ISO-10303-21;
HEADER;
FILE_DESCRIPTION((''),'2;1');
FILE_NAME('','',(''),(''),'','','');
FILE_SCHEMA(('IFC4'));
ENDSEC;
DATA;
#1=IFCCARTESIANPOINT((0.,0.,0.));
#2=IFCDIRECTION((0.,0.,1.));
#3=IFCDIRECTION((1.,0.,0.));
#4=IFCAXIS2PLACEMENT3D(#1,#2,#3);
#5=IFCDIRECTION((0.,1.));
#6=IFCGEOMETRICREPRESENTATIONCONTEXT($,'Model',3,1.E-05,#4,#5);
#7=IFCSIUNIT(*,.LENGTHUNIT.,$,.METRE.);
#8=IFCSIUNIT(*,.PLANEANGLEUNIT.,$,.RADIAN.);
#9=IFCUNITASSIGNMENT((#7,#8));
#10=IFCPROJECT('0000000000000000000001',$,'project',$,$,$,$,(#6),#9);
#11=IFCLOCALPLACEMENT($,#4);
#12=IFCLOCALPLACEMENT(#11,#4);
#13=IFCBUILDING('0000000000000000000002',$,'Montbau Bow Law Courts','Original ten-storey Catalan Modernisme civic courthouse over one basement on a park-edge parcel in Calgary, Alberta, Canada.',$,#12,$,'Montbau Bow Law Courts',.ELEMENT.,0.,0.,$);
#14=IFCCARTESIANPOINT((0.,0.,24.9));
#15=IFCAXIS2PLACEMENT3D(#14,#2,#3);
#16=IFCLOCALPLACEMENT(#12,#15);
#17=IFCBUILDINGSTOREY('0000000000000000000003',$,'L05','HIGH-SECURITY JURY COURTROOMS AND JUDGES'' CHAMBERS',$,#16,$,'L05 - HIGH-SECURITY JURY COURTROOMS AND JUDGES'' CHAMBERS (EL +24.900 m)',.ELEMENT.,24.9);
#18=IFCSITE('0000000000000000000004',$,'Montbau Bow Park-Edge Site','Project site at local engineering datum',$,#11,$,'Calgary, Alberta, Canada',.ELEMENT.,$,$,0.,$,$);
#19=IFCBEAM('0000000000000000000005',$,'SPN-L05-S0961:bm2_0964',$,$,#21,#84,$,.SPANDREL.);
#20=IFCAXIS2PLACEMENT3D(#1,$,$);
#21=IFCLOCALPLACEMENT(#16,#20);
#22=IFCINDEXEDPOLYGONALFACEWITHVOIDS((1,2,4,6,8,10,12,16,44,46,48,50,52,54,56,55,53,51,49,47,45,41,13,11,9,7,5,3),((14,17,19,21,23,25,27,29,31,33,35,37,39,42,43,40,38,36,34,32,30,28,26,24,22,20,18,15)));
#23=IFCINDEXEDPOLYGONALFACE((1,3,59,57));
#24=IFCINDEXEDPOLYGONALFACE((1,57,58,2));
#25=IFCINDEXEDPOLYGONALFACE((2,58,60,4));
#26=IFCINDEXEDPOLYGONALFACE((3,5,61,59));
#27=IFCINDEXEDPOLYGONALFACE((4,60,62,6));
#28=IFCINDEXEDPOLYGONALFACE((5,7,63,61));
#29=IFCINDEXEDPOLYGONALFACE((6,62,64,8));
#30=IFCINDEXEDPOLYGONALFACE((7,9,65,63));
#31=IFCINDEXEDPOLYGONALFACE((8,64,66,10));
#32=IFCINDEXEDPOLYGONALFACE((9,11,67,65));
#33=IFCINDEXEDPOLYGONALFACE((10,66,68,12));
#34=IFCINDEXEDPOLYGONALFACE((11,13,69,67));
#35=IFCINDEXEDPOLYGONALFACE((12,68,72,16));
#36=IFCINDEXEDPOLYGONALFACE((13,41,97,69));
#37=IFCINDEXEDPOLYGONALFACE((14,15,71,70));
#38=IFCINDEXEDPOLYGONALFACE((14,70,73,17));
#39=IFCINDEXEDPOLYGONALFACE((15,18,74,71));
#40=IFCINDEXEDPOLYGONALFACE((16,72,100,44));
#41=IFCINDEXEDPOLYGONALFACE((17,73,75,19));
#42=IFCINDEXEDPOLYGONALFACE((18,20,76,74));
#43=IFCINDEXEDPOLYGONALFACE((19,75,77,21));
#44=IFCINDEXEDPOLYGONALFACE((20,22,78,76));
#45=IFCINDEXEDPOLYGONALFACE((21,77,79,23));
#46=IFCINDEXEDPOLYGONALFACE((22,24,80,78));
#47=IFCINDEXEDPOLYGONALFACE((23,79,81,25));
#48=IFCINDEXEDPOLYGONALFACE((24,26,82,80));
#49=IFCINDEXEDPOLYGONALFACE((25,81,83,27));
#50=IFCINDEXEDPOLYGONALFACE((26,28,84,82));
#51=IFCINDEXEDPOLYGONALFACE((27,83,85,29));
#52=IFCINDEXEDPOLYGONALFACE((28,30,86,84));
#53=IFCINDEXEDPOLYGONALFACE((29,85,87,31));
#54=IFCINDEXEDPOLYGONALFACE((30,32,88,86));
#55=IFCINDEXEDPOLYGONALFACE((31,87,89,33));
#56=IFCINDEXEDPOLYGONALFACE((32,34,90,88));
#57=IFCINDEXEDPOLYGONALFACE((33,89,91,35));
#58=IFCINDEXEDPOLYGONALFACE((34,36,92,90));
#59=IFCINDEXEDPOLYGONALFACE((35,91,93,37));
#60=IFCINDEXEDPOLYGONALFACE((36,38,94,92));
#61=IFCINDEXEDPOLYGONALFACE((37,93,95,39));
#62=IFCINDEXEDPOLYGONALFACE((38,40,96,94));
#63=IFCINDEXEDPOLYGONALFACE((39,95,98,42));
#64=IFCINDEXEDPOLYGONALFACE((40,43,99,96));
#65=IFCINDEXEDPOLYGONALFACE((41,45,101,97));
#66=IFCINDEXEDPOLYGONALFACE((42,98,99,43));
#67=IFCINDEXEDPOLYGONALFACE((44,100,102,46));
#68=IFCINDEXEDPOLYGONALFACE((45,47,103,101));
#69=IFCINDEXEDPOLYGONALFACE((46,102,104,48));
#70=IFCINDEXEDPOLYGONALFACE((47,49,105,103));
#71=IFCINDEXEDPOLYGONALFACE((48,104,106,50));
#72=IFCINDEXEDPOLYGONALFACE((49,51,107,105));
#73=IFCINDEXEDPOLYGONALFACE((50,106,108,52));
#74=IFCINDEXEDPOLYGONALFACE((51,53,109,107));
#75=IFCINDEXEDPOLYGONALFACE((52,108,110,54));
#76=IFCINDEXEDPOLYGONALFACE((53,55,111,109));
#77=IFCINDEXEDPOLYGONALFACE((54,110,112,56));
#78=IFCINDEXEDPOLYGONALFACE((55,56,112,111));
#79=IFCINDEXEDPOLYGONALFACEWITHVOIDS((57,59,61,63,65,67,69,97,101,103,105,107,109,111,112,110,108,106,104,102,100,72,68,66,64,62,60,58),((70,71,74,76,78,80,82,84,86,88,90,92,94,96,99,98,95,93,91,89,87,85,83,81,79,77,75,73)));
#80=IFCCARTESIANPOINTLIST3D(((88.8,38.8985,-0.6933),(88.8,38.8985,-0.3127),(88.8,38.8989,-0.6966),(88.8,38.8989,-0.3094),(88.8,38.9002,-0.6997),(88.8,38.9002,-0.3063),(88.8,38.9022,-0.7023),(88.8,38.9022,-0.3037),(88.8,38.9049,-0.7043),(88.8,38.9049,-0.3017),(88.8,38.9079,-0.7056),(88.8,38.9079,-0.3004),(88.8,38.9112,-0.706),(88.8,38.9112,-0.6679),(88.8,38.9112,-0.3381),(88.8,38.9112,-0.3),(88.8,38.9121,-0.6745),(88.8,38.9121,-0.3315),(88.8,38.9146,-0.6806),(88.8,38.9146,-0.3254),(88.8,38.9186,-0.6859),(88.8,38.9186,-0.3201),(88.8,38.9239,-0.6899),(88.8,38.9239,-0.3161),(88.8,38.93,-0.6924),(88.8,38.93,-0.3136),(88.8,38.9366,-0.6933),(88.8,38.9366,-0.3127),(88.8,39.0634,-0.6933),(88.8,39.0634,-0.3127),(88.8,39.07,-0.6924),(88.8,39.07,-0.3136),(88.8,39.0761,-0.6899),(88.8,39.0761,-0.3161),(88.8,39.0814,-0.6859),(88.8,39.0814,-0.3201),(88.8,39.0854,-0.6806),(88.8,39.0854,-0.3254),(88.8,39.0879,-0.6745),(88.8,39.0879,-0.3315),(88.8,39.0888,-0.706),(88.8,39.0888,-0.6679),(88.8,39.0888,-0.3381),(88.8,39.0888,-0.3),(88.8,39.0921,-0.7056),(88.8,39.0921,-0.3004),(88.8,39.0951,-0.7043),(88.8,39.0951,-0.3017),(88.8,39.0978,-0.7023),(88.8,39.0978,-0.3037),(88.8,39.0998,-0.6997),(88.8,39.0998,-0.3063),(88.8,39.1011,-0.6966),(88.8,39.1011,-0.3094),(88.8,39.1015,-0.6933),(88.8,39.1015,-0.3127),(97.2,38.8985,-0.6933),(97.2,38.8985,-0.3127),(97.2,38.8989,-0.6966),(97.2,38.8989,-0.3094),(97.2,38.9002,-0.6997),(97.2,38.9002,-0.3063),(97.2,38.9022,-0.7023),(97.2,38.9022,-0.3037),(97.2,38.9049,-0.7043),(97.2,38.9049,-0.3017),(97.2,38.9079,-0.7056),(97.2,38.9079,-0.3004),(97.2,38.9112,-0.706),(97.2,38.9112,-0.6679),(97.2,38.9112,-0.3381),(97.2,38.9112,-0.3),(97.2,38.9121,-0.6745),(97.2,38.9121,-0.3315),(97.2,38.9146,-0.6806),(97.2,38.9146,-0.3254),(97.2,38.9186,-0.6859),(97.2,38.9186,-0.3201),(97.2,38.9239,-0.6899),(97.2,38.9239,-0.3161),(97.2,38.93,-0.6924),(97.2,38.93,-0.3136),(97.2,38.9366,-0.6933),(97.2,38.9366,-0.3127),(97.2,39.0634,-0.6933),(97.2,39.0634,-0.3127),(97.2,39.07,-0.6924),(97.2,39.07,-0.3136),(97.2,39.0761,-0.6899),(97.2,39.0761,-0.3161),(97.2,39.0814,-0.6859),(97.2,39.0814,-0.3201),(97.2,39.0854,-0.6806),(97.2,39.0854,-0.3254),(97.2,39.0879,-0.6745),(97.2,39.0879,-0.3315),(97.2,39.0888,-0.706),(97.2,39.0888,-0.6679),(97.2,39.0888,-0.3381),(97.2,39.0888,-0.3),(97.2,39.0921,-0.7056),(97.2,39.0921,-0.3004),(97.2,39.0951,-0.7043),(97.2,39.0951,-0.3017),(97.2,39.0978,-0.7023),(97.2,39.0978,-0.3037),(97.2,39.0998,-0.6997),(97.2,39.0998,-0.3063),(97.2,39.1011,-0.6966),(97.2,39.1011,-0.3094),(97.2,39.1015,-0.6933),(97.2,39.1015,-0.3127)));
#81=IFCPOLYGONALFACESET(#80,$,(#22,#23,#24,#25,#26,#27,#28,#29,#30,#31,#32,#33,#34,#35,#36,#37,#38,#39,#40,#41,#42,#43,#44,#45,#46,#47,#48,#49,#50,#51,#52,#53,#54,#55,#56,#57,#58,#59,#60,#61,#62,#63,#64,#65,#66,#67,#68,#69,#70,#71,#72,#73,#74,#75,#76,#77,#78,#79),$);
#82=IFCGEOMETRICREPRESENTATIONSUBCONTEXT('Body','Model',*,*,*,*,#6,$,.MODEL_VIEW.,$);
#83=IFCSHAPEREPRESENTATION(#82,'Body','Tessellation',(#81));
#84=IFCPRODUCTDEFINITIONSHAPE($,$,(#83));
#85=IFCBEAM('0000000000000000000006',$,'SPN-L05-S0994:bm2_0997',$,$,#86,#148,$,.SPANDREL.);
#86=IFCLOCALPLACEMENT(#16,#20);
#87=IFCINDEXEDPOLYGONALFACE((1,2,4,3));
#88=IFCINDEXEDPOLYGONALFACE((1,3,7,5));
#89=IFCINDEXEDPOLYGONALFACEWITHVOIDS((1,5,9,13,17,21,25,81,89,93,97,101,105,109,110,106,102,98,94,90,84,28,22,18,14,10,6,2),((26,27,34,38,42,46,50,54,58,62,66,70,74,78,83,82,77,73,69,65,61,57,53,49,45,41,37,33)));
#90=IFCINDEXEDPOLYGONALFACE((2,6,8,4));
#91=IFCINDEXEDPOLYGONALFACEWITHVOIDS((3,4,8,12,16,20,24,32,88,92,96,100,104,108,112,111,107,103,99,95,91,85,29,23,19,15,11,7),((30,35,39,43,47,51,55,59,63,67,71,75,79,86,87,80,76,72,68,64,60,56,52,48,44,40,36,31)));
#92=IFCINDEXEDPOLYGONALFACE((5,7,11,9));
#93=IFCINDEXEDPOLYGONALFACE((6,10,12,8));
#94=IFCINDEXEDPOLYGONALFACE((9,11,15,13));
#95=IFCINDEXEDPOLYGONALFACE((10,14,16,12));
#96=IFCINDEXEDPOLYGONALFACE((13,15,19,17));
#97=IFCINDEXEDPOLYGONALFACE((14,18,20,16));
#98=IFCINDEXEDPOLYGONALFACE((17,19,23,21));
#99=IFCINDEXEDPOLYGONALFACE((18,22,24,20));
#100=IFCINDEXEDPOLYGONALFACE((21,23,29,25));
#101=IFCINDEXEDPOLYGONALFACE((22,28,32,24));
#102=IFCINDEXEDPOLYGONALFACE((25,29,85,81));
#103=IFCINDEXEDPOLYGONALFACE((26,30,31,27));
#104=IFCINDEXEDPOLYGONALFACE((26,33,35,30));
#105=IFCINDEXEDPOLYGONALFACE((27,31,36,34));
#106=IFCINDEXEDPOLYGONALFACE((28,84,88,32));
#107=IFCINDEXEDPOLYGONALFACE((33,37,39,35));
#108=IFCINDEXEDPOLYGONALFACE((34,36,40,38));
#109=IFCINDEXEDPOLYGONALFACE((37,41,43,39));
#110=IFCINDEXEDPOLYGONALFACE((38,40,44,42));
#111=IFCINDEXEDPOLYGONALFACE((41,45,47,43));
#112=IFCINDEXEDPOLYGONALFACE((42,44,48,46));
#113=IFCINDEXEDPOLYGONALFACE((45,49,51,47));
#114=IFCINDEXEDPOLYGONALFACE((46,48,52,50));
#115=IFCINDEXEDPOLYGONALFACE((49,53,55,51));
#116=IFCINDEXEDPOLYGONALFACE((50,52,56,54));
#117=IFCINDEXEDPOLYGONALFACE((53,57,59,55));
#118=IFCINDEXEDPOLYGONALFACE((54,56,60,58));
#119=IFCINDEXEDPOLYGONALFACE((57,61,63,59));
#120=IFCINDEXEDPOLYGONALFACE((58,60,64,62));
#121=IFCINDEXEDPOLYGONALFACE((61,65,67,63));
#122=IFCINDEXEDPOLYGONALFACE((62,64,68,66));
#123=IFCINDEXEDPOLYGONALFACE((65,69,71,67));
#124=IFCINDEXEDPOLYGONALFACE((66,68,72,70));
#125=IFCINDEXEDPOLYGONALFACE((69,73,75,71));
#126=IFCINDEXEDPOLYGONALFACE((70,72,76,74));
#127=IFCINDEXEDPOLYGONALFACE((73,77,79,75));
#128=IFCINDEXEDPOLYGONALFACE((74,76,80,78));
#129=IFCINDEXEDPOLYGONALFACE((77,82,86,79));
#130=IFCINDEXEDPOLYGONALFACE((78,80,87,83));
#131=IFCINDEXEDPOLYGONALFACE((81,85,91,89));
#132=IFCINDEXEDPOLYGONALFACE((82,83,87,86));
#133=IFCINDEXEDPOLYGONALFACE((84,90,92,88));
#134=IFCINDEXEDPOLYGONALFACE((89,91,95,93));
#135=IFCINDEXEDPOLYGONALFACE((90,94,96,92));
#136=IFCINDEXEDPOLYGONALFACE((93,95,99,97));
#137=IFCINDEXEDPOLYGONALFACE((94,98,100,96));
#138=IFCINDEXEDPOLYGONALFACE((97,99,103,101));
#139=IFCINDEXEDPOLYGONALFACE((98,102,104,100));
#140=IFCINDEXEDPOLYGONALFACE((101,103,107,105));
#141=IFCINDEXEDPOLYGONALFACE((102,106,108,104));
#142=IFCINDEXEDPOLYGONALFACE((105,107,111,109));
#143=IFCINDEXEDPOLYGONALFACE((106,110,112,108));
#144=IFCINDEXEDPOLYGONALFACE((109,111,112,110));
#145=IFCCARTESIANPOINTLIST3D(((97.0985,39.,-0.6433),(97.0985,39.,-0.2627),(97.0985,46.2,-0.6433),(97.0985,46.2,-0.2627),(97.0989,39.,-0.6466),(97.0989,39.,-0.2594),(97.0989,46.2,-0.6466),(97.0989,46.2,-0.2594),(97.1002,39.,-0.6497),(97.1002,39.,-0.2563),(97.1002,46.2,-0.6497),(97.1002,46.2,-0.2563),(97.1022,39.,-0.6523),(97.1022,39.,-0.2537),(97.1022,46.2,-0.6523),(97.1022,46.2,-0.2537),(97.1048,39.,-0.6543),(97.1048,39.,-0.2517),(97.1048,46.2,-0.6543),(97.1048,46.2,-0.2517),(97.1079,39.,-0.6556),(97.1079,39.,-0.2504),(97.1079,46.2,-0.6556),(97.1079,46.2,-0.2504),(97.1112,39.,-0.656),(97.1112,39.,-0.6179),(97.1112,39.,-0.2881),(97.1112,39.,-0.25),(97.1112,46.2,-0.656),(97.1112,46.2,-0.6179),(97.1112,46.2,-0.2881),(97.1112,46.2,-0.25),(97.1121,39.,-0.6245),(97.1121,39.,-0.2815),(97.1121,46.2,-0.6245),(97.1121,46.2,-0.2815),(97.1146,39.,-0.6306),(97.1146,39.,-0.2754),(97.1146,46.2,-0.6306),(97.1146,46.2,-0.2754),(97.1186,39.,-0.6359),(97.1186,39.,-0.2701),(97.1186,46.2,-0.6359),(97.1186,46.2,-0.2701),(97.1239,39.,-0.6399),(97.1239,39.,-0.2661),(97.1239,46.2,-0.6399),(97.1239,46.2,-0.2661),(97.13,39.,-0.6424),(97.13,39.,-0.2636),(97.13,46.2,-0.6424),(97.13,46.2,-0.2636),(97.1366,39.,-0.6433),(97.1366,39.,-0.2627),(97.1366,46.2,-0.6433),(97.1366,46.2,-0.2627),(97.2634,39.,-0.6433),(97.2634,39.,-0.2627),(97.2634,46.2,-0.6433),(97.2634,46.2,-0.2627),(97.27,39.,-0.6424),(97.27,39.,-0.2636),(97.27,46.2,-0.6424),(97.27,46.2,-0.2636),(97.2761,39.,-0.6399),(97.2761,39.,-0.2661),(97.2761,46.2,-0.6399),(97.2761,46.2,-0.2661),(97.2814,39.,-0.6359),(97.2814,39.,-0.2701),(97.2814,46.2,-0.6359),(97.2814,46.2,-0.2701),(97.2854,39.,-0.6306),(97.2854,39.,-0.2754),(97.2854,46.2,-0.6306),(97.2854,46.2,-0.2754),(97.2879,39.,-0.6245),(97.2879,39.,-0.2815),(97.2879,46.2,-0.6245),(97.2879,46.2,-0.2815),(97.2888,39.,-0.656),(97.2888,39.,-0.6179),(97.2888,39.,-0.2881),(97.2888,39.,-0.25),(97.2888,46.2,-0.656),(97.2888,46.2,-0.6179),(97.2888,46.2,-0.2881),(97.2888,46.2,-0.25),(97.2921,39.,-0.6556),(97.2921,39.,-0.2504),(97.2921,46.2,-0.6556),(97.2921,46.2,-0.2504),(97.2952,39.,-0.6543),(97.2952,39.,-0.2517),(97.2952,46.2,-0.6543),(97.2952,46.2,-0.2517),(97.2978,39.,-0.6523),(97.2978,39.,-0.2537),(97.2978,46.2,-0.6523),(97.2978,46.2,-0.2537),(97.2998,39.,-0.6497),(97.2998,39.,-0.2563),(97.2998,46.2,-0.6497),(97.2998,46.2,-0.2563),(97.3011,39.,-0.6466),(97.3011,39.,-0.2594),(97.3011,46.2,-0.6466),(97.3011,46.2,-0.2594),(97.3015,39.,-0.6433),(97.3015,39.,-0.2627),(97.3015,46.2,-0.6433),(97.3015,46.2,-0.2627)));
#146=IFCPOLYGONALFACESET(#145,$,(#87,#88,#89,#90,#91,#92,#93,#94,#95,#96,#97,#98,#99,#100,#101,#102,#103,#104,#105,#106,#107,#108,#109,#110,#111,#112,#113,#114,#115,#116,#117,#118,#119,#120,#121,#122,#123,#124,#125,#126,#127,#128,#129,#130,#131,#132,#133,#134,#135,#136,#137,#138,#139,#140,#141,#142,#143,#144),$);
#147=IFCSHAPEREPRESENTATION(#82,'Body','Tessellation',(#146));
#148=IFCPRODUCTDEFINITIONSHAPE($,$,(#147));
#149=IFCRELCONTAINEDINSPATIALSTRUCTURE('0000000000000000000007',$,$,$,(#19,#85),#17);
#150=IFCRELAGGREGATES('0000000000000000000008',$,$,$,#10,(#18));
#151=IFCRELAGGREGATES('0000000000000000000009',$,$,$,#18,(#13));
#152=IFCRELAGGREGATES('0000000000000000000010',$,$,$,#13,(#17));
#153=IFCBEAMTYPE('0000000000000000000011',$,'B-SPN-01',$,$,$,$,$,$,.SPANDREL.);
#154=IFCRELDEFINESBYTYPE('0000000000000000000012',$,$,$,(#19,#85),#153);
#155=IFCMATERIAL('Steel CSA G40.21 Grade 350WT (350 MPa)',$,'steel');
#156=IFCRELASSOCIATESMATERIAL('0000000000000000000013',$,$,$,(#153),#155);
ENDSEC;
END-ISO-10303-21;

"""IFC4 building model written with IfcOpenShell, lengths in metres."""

from ifc_helpers import new_model, si_unit, direction, frame, origin_with_axes, origin_2d_with_axis, place, context, subcontext, project, spatial, hollow_rectangle, extrude, material, material_profile, profile_set, type_object, element, save


model = new_model("IFC4")

# Units and contexts
model_context = context("Model", 3, precision=1e-05, world=origin_with_axes(), true_north=direction((0.0, 1.0)))
body_context = subcontext(model_context, "Body", "Model", "MODEL_VIEW")
ifc_project = project(units=[si_unit("LENGTHUNIT", "METRE"), si_unit("PLANEANGLEUNIT", "RADIAN")], contexts=[model_context])

# Site, building, storey
site_placement = place(None, origin_with_axes())
site = spatial("IfcSite", under=ifc_project, at=site_placement, Name="Montbau Bow Park-Edge Site", Description="Project site at local engineering datum", LongName="Calgary, Alberta, Canada", CompositionType="ELEMENT", RefElevation=0.0)
building_placement = place(site_placement, origin_with_axes())
building = spatial("IfcBuilding", under=site, at=building_placement, Name="Montbau Bow Law Courts", Description="Original ten-storey Catalan Modernisme civic courthouse over one basement on a park-edge parcel in Calgary, Alberta, Canada.", LongName="Montbau Bow Law Courts", CompositionType="ELEMENT", ElevationOfRefHeight=0.0, ElevationOfTerrain=0.0)
storey_placement = place(building_placement, frame((0.0, 0.0, 24.9), z_axis=(0.0, 0.0, 1.0), x_axis=(1.0, 0.0, 0.0)))
storey = spatial("IfcBuildingStorey", under=building, at=storey_placement, Name="L05", Description="HIGH-SECURITY JURY COURTROOMS AND JUDGES' CHAMBERS", LongName="L05 - HIGH-SECURITY JURY COURTROOMS AND JUDGES' CHAMBERS (EL +24.900 m)", CompositionType="ELEMENT", Elevation=24.9)

# Beams
ifc_material_1 = material(Name="Steel CSA G40.21 Grade 350WT (350 MPa)", Category="steel")
ifc_material_profile_1 = material_profile(ifc_material_1, hollow_rectangle(XDim=0.203, YDim=0.406, WallThickness=0.0127, InnerFilletRadius=0.0254, OuterFilletRadius=0.0127, at=origin_2d_with_axis()), Name="HSS406X203X13", Category="Main", Priority=0)
ifc_profile_set_1 = profile_set([ifc_material_profile_1], Name="Steel CSA G40.21 Grade 350WT (350 MPa)")
beam_type_1 = type_object("IfcBeamType", Name="B-SPN-01", PredefinedType="SPANDREL", material=ifc_profile_set_1)
beam_1_placement = place(None, frame((88.8, 39.0, 24.397), z_axis=(1.0, 0.0, 0.0), x_axis=(0.0, 1.0, 0.0)))
element("IfcBeam", 1, at=beam_1_placement, inside=storey, type_object=beam_type_1, Name="SPN-L05-S0961:bm2_0964", PredefinedType="SPANDREL", context=body_context, shape_type="SweptSolid", body=[
    extrude(hollow_rectangle(XDim=0.203, YDim=0.406, WallThickness=0.0127, InnerFilletRadius=0.0254, OuterFilletRadius=0.0127, at=origin_2d_with_axis()), origin_with_axes(), (0.0, 0.0, 1.0), 8.4),
])
beam_2_placement = place(None, frame((97.2, 39.0, 24.447), z_axis=(0.0, 1.0, 0.0), x_axis=(-1.0, 0.0, 0.0)))
element("IfcBeam", 2, at=beam_2_placement, inside=storey, type_object=beam_type_1, Name="SPN-L05-S0994:bm2_0997", PredefinedType="SPANDREL", context=body_context, shape_type="SweptSolid", body=[
    extrude(hollow_rectangle(XDim=0.203, YDim=0.406, WallThickness=0.0127, InnerFilletRadius=0.0254, OuterFilletRadius=0.0127, at=origin_2d_with_axis()), origin_with_axes(), (0.0, 0.0, 1.0), 7.2),
])

save(model, "model.ifc")
